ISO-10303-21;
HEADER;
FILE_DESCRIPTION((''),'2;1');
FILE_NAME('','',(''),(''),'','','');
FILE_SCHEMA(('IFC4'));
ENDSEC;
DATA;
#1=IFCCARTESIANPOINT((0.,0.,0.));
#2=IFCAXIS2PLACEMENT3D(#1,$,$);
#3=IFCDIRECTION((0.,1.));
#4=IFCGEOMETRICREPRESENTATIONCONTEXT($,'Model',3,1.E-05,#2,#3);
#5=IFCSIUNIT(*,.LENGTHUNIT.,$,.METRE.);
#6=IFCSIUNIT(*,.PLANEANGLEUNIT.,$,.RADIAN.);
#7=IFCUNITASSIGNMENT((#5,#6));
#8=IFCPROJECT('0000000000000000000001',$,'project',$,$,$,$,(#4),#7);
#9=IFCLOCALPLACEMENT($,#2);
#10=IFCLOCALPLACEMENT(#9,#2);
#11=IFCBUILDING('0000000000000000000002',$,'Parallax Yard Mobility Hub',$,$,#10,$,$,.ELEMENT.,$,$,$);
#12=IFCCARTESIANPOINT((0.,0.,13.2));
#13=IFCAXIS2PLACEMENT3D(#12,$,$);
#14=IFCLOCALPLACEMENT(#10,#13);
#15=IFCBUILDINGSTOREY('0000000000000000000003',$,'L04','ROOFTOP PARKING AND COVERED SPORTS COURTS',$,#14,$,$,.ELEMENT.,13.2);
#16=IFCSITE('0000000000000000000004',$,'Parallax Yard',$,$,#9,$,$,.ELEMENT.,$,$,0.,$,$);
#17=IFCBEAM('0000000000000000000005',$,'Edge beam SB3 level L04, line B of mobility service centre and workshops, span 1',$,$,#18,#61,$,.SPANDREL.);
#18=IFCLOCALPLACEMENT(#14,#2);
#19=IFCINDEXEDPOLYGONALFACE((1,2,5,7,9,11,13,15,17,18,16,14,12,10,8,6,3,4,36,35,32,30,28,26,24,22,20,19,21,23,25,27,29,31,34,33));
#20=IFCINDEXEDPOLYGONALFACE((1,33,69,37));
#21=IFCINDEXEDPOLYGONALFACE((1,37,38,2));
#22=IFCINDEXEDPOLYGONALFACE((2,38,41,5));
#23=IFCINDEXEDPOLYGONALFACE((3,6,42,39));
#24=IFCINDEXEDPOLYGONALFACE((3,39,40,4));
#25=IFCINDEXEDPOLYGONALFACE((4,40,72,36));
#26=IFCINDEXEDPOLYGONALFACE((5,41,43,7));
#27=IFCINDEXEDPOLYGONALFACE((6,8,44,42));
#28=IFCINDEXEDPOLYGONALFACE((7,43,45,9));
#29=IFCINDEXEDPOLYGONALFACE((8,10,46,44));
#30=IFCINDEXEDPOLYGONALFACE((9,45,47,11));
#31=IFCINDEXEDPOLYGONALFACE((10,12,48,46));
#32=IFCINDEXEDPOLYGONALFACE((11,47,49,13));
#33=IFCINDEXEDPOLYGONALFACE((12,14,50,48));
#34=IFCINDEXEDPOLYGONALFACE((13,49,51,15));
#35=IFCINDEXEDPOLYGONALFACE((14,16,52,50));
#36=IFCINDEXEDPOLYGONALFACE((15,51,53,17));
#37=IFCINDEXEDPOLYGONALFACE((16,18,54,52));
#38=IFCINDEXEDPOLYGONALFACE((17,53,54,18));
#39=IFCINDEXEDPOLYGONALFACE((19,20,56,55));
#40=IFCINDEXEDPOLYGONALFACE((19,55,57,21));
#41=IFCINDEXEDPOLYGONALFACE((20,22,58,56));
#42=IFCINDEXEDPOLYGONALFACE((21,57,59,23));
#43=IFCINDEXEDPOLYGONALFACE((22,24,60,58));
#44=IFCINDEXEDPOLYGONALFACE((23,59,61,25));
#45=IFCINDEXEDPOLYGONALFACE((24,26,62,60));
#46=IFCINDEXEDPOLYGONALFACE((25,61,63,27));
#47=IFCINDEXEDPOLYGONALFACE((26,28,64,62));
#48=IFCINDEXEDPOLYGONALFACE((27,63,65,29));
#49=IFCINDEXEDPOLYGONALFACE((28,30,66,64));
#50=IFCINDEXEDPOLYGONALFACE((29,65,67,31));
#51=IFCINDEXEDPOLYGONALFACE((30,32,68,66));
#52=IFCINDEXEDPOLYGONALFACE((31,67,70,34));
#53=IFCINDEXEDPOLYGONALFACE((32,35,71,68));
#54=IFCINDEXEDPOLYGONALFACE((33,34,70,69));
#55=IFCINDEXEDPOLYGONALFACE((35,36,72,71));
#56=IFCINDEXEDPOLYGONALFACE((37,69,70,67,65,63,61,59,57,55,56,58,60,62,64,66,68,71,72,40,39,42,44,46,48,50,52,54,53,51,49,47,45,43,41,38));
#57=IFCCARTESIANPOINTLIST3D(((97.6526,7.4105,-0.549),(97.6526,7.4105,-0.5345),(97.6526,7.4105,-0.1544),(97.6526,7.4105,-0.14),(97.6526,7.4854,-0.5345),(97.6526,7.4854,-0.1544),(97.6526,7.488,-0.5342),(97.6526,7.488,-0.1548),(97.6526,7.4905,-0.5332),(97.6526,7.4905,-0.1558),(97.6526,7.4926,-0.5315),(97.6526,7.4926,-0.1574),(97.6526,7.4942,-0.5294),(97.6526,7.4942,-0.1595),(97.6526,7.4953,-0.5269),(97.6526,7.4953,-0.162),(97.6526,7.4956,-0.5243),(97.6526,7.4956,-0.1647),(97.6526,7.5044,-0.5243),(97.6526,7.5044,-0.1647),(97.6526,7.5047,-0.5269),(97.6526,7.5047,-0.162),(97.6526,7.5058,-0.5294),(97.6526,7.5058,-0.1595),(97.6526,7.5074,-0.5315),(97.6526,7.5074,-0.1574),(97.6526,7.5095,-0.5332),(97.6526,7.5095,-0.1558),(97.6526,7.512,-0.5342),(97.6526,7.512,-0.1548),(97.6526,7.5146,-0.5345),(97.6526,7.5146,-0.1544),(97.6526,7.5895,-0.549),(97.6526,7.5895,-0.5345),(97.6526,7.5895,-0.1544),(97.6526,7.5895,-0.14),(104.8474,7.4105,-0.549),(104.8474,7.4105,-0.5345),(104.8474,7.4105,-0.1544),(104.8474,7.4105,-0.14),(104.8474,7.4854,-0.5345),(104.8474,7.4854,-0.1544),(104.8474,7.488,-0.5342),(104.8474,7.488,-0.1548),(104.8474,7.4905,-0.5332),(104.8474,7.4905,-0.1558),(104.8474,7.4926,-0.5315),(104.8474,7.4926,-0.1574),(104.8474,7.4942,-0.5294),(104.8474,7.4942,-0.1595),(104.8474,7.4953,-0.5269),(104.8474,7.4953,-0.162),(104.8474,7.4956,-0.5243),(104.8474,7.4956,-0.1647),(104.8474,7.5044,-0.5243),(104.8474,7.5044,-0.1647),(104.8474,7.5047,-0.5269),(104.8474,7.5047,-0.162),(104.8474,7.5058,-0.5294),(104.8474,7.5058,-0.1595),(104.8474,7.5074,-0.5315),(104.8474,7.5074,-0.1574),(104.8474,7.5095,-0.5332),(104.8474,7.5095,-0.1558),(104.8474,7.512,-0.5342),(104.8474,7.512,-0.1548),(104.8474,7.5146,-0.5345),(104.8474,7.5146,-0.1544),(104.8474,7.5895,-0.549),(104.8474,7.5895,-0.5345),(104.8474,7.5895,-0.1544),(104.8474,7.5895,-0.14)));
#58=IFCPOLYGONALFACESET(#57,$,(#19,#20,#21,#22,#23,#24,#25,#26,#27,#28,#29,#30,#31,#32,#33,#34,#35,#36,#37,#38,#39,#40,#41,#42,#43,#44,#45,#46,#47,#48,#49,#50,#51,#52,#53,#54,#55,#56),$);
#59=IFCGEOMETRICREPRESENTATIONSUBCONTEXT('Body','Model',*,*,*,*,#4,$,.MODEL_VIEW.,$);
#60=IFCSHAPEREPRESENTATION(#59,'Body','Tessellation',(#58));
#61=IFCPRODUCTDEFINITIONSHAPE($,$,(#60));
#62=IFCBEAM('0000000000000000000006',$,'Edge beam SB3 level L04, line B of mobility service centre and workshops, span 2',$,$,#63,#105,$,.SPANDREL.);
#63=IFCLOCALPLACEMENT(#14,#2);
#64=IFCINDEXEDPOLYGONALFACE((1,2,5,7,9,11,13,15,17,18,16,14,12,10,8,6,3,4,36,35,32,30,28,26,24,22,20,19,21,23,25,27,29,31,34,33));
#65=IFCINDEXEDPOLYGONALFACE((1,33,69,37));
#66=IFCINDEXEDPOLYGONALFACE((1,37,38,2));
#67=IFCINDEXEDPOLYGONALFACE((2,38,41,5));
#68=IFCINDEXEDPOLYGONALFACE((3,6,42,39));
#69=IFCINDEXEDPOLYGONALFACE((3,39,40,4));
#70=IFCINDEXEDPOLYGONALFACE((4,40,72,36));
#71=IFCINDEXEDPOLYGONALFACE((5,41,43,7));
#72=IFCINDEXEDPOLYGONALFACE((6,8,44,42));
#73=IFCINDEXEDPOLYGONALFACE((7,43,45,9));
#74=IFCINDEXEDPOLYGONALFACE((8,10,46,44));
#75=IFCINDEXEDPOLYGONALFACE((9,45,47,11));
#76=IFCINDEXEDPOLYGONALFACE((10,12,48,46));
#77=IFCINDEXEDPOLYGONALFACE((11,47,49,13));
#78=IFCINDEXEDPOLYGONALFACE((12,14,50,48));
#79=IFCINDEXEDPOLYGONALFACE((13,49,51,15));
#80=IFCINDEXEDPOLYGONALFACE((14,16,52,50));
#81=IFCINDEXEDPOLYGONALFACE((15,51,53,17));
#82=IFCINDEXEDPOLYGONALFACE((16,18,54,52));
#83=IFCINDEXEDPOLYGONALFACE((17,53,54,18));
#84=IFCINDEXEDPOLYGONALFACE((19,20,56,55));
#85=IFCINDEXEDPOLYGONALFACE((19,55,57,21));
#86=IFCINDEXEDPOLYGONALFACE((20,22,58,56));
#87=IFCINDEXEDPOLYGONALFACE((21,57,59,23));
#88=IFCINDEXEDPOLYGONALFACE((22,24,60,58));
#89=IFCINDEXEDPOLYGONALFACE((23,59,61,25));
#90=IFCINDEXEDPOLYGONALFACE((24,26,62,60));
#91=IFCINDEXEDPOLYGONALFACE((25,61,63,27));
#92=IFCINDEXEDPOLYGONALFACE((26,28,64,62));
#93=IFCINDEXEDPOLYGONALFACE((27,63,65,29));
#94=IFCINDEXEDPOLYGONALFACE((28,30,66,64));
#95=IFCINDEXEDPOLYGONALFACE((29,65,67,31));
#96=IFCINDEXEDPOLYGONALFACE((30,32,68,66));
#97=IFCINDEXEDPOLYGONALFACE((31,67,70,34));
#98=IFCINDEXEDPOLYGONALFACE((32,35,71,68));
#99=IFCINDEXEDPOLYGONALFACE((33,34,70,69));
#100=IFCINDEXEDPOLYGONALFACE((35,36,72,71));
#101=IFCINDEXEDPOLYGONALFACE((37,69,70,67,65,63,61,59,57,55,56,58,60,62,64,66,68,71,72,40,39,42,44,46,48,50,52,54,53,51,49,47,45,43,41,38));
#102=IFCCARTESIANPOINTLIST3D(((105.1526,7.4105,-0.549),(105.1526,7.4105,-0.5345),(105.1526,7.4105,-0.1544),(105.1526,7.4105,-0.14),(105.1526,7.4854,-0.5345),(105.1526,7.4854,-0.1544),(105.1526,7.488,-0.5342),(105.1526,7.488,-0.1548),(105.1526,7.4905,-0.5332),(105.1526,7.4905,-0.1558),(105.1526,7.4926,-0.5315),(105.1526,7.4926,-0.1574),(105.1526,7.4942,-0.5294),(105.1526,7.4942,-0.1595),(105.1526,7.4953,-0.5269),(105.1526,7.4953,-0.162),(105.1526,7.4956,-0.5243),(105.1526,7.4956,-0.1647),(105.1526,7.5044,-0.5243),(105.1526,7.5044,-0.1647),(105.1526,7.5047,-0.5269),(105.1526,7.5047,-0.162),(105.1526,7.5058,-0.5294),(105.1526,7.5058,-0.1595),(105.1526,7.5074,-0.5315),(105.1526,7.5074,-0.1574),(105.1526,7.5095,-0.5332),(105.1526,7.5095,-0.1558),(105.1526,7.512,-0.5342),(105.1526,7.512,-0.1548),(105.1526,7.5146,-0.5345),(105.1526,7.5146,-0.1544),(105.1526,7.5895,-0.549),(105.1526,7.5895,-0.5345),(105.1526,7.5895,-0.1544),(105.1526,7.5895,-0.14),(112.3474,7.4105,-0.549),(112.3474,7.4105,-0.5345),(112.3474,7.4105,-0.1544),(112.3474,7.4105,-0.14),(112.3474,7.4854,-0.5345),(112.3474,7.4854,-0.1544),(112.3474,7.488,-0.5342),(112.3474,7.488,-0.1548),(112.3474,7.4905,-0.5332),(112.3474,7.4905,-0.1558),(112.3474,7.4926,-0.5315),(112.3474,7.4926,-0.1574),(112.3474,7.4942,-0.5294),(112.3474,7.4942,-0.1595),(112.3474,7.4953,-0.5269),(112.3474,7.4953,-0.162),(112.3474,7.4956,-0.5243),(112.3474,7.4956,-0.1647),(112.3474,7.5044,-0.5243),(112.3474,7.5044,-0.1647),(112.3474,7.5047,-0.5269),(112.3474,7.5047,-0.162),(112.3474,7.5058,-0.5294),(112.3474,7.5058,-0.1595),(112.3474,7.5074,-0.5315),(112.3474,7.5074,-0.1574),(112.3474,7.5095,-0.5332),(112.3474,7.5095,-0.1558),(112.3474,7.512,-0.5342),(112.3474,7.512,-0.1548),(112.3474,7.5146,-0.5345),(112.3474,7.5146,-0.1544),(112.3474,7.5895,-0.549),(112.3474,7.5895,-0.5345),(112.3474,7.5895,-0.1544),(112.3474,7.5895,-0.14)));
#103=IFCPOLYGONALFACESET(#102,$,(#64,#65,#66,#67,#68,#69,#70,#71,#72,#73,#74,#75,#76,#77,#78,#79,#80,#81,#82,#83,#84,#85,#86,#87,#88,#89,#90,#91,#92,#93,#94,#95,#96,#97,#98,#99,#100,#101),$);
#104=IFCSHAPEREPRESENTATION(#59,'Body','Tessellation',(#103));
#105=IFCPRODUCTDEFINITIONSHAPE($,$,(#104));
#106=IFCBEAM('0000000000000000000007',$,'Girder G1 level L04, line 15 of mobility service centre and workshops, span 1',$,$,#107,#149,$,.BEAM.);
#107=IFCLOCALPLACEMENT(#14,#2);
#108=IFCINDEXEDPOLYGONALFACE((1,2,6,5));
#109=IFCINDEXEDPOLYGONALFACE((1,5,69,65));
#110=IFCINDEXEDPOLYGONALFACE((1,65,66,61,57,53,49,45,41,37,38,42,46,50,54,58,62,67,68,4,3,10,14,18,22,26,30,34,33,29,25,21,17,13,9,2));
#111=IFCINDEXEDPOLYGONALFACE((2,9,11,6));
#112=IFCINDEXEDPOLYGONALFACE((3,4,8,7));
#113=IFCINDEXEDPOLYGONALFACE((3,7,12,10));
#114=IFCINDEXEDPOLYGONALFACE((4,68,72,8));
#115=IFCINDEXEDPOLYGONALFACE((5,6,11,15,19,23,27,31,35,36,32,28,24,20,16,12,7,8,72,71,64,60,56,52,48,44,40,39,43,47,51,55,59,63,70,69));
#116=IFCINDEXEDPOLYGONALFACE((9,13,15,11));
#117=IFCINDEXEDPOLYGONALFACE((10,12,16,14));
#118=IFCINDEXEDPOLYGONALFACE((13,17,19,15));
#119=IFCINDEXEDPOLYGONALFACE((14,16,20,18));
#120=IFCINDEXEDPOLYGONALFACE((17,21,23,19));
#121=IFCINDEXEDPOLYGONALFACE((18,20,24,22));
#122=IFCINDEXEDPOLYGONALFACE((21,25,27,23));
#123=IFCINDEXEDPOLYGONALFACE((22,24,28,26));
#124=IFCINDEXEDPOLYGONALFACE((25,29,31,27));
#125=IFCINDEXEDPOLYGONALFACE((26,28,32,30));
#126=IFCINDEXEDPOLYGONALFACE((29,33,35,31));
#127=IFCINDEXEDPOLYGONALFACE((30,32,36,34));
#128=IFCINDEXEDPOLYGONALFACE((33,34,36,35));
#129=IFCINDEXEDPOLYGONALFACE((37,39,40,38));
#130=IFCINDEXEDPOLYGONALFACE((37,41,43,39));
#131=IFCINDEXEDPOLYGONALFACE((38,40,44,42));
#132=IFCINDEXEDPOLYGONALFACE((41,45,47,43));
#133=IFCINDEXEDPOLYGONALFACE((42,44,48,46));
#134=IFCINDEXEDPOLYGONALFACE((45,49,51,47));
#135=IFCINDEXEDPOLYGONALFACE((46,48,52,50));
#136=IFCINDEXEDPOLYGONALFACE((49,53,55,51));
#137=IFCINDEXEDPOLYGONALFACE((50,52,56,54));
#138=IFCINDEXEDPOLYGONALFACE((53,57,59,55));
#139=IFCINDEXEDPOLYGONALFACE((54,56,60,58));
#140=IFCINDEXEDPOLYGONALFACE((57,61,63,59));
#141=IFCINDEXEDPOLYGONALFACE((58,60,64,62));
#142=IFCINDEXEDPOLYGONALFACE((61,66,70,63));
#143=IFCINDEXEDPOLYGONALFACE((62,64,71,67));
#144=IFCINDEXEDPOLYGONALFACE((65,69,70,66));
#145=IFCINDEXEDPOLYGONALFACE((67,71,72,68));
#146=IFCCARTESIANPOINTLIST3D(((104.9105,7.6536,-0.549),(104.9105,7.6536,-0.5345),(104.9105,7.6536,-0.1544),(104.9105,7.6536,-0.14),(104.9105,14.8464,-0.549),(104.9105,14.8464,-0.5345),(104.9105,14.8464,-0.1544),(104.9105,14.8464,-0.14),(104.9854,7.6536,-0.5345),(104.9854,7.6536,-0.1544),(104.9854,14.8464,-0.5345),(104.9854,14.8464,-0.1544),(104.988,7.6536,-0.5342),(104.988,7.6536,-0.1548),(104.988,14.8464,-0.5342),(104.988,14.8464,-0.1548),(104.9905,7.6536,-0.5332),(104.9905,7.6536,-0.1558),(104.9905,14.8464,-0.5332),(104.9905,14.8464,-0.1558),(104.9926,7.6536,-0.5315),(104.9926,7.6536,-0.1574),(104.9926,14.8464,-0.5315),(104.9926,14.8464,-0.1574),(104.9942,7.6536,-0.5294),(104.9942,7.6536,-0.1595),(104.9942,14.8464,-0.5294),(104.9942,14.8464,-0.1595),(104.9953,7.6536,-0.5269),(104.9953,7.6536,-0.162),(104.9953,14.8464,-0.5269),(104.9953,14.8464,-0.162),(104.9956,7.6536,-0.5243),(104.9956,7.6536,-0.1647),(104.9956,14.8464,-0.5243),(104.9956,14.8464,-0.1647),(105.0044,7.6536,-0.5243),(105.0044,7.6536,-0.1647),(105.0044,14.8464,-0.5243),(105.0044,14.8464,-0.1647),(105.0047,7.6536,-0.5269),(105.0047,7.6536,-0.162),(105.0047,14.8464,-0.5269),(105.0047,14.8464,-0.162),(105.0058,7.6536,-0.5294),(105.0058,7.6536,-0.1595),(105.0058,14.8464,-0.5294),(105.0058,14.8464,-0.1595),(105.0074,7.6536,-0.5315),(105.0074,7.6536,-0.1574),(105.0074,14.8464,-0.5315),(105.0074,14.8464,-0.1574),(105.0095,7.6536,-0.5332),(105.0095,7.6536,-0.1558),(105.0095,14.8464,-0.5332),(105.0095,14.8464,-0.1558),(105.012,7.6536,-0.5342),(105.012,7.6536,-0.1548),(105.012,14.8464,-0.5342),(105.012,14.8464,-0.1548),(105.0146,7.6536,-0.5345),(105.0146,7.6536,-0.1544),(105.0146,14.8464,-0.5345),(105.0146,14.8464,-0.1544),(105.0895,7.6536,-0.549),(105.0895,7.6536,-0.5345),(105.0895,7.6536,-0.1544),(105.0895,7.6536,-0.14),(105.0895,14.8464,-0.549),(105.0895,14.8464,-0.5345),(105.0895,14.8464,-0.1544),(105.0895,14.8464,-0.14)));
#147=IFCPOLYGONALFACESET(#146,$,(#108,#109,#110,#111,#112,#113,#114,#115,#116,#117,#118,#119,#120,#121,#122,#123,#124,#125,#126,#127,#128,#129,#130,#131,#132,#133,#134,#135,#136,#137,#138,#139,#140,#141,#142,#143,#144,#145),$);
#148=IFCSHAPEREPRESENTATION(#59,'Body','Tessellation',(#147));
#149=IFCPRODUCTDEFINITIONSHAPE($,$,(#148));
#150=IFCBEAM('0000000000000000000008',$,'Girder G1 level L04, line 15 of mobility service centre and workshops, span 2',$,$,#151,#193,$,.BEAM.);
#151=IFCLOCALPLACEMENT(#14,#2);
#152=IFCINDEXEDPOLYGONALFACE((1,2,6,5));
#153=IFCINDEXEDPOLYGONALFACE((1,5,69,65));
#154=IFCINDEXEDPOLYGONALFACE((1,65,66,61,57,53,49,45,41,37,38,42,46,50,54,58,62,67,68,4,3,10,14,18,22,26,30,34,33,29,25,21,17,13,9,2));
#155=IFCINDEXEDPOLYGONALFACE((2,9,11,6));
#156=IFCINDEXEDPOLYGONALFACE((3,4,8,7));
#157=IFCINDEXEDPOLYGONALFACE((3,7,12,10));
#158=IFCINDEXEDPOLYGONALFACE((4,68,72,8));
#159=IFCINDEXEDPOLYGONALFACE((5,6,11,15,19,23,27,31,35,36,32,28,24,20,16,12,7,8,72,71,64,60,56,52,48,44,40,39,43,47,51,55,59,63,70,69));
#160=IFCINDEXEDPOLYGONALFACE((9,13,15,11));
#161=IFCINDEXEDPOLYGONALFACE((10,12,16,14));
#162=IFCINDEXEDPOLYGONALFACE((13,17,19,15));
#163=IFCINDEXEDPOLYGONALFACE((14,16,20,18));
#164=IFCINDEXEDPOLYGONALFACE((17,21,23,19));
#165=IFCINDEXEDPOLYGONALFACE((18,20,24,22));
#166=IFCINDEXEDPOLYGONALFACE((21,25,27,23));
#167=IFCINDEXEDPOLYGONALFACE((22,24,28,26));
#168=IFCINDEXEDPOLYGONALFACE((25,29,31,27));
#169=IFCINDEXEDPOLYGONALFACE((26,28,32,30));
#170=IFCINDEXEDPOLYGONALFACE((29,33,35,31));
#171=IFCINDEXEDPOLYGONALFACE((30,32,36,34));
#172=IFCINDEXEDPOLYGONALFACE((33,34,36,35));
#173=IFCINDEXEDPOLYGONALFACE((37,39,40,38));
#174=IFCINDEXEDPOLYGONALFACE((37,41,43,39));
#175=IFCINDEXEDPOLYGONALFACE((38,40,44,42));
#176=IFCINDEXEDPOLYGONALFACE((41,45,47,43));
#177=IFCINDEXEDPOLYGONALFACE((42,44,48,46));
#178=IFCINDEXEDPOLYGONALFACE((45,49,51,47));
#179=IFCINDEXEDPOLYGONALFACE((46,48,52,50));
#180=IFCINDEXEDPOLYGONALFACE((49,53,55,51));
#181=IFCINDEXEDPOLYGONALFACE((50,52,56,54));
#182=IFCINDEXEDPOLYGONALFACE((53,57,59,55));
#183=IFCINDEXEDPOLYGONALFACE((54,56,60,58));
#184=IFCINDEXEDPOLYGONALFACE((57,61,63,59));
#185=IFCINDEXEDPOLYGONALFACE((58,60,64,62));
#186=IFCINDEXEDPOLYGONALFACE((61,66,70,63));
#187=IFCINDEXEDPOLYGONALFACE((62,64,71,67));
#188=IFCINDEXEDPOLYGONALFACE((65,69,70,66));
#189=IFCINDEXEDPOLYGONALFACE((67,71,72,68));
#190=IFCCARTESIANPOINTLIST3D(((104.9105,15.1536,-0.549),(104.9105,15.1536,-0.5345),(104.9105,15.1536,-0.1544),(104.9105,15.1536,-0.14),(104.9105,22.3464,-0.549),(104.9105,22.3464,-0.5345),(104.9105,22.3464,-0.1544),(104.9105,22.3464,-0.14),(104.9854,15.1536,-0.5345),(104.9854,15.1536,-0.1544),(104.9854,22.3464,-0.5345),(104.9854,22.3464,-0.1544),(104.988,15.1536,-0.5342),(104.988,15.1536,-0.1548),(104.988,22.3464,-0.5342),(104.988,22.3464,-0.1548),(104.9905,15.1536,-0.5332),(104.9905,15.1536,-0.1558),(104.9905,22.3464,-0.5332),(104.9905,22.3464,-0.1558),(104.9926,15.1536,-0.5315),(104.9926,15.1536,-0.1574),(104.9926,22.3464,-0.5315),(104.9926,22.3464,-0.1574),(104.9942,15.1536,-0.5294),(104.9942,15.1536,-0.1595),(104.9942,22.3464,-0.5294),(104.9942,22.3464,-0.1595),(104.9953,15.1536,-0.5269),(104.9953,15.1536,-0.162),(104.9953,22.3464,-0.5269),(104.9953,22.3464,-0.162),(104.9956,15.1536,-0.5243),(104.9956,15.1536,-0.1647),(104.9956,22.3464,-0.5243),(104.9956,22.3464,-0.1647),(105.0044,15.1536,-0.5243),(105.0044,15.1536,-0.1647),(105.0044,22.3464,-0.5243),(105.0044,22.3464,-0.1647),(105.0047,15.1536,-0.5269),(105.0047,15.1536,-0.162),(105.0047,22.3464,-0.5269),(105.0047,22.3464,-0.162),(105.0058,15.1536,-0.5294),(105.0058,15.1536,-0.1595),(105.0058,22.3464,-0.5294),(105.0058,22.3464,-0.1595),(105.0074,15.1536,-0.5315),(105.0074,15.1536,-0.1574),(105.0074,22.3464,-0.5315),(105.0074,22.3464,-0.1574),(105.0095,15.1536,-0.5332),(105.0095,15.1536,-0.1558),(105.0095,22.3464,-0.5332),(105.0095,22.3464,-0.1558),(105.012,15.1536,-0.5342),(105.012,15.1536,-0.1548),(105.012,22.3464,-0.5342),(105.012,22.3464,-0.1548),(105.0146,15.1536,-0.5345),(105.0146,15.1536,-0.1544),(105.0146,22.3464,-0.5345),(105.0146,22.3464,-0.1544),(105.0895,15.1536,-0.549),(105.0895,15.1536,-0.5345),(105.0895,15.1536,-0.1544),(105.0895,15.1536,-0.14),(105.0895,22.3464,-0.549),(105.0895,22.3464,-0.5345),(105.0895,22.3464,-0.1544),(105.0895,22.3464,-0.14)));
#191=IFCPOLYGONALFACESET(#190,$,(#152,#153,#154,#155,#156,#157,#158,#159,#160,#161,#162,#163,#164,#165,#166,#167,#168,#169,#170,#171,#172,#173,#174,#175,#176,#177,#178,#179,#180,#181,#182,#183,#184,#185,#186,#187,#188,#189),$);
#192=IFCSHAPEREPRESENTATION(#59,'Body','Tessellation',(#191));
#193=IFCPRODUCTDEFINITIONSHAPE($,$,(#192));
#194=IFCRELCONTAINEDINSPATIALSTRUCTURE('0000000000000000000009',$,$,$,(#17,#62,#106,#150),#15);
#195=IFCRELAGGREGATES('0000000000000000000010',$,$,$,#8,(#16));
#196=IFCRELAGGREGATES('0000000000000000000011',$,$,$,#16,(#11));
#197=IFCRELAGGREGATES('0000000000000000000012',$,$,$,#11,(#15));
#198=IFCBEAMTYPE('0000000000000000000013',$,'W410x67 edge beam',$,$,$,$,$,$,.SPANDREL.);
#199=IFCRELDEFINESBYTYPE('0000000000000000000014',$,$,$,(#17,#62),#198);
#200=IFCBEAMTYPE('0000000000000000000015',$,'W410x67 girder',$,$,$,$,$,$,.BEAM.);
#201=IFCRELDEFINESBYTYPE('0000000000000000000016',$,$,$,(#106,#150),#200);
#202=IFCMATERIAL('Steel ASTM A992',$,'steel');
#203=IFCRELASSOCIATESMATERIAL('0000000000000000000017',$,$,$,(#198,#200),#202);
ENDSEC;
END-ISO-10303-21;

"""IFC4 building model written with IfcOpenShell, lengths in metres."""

from ifc_helpers import new_model, si_unit, direction, frame, origin, origin_2d, place, context, subcontext, project, spatial, i_section, extrude, material, material_profile, profile_set, type_object, element, save


model = new_model("IFC4")

# Units and contexts
model_context = context("Model", 3, precision=1e-05, world=origin(), true_north=direction((0.0, 1.0)))
body_context = subcontext(model_context, "Body", "Model", "MODEL_VIEW")
ifc_project = project(units=[si_unit("LENGTHUNIT", "METRE"), si_unit("PLANEANGLEUNIT", "RADIAN")], contexts=[model_context])

# Site, building, storey
site_placement = place(None, origin())
site = spatial("IfcSite", under=ifc_project, at=site_placement, Name="Parallax Yard", CompositionType="ELEMENT", RefElevation=0.0)
building_placement = place(site_placement, origin())
building = spatial("IfcBuilding", under=site, at=building_placement, Name="Parallax Yard Mobility Hub", CompositionType="ELEMENT")
storey_placement = place(building_placement, frame((0.0, 0.0, 13.2)))
storey = spatial("IfcBuildingStorey", under=building, at=storey_placement, Name="L04", Description="ROOFTOP PARKING AND COVERED SPORTS COURTS", CompositionType="ELEMENT", Elevation=13.2)

# Shared definitions
ifc_material_1 = material(Name="Steel ASTM A992", Category="steel")

# Beams
ifc_material_profile_1 = material_profile(ifc_material_1, i_section(OverallWidth=0.179, OverallDepth=0.4089, WebThickness=0.0088, FlangeThickness=0.0144, FilletRadius=0.0103, at=origin_2d()), Name="W410x67")
ifc_profile_set_1 = profile_set([ifc_material_profile_1], Name="Steel ASTM A992")
beam_type_1 = type_object("IfcBeamType", Name="W410x67 edge beam", PredefinedType="SPANDREL", material=ifc_profile_set_1)
for number, where, z_axis, x_axis, name in (
    (1, (97.6526, 7.5, -0.3445), (1.0, 0.0, 0.0), (0.0, 1.0, 0.0), "Edge beam SB3 level L04, line B of mobility service centre and workshops, span 1"),
    (2, (105.1526, 7.5, -0.3445), (1.0, 0.0, 0.0), (0.0, 1.0, 0.0), "Edge beam SB3 level L04, line B of mobility service centre and workshops, span 2"),
):
    element("IfcBeam", number, at=place(storey_placement, frame(where, z_axis=z_axis, x_axis=x_axis)), inside=storey, type_object=beam_type_1, Name=name, PredefinedType="SPANDREL", context=body_context, shape_type="SweptSolid", body=[
        extrude(i_section(OverallWidth=0.179, OverallDepth=0.4089, WebThickness=0.0088, FlangeThickness=0.0144, FilletRadius=0.0103, at=origin_2d()), origin(), (0.0, 0.0, 1.0), 7.1948),
    ])
ifc_material_profile_2 = material_profile(ifc_material_1, i_section(OverallWidth=0.179, OverallDepth=0.4089, WebThickness=0.0088, FlangeThickness=0.0144, FilletRadius=0.0103, at=origin_2d()), Name="W410x67")
ifc_profile_set_2 = profile_set([ifc_material_profile_2], Name="Steel ASTM A992")
beam_type_2 = type_object("IfcBeamType", Name="W410x67 girder", PredefinedType="BEAM", material=ifc_profile_set_2)
for number, where, z_axis, x_axis, name in (
    (3, (105.0, 7.6536, -0.3445), (0.0, 1.0, 0.0), (-1.0, 0.0, 0.0), "Girder G1 level L04, line 15 of mobility service centre and workshops, span 1"),
    (4, (105.0, 15.1536, -0.3445), (0.0, 1.0, 0.0), (-1.0, 0.0, 0.0), "Girder G1 level L04, line 15 of mobility service centre and workshops, span 2"),
):
    element("IfcBeam", number, at=place(storey_placement, frame(where, z_axis=z_axis, x_axis=x_axis)), inside=storey, type_object=beam_type_2, Name=name, PredefinedType="BEAM", context=body_context, shape_type="SweptSolid", body=[
        extrude(i_section(OverallWidth=0.179, OverallDepth=0.4089, WebThickness=0.0088, FlangeThickness=0.0144, FilletRadius=0.0103, at=origin_2d()), origin(), (0.0, 0.0, 1.0), 7.1929),
    ])

save(model, "model.ifc")
